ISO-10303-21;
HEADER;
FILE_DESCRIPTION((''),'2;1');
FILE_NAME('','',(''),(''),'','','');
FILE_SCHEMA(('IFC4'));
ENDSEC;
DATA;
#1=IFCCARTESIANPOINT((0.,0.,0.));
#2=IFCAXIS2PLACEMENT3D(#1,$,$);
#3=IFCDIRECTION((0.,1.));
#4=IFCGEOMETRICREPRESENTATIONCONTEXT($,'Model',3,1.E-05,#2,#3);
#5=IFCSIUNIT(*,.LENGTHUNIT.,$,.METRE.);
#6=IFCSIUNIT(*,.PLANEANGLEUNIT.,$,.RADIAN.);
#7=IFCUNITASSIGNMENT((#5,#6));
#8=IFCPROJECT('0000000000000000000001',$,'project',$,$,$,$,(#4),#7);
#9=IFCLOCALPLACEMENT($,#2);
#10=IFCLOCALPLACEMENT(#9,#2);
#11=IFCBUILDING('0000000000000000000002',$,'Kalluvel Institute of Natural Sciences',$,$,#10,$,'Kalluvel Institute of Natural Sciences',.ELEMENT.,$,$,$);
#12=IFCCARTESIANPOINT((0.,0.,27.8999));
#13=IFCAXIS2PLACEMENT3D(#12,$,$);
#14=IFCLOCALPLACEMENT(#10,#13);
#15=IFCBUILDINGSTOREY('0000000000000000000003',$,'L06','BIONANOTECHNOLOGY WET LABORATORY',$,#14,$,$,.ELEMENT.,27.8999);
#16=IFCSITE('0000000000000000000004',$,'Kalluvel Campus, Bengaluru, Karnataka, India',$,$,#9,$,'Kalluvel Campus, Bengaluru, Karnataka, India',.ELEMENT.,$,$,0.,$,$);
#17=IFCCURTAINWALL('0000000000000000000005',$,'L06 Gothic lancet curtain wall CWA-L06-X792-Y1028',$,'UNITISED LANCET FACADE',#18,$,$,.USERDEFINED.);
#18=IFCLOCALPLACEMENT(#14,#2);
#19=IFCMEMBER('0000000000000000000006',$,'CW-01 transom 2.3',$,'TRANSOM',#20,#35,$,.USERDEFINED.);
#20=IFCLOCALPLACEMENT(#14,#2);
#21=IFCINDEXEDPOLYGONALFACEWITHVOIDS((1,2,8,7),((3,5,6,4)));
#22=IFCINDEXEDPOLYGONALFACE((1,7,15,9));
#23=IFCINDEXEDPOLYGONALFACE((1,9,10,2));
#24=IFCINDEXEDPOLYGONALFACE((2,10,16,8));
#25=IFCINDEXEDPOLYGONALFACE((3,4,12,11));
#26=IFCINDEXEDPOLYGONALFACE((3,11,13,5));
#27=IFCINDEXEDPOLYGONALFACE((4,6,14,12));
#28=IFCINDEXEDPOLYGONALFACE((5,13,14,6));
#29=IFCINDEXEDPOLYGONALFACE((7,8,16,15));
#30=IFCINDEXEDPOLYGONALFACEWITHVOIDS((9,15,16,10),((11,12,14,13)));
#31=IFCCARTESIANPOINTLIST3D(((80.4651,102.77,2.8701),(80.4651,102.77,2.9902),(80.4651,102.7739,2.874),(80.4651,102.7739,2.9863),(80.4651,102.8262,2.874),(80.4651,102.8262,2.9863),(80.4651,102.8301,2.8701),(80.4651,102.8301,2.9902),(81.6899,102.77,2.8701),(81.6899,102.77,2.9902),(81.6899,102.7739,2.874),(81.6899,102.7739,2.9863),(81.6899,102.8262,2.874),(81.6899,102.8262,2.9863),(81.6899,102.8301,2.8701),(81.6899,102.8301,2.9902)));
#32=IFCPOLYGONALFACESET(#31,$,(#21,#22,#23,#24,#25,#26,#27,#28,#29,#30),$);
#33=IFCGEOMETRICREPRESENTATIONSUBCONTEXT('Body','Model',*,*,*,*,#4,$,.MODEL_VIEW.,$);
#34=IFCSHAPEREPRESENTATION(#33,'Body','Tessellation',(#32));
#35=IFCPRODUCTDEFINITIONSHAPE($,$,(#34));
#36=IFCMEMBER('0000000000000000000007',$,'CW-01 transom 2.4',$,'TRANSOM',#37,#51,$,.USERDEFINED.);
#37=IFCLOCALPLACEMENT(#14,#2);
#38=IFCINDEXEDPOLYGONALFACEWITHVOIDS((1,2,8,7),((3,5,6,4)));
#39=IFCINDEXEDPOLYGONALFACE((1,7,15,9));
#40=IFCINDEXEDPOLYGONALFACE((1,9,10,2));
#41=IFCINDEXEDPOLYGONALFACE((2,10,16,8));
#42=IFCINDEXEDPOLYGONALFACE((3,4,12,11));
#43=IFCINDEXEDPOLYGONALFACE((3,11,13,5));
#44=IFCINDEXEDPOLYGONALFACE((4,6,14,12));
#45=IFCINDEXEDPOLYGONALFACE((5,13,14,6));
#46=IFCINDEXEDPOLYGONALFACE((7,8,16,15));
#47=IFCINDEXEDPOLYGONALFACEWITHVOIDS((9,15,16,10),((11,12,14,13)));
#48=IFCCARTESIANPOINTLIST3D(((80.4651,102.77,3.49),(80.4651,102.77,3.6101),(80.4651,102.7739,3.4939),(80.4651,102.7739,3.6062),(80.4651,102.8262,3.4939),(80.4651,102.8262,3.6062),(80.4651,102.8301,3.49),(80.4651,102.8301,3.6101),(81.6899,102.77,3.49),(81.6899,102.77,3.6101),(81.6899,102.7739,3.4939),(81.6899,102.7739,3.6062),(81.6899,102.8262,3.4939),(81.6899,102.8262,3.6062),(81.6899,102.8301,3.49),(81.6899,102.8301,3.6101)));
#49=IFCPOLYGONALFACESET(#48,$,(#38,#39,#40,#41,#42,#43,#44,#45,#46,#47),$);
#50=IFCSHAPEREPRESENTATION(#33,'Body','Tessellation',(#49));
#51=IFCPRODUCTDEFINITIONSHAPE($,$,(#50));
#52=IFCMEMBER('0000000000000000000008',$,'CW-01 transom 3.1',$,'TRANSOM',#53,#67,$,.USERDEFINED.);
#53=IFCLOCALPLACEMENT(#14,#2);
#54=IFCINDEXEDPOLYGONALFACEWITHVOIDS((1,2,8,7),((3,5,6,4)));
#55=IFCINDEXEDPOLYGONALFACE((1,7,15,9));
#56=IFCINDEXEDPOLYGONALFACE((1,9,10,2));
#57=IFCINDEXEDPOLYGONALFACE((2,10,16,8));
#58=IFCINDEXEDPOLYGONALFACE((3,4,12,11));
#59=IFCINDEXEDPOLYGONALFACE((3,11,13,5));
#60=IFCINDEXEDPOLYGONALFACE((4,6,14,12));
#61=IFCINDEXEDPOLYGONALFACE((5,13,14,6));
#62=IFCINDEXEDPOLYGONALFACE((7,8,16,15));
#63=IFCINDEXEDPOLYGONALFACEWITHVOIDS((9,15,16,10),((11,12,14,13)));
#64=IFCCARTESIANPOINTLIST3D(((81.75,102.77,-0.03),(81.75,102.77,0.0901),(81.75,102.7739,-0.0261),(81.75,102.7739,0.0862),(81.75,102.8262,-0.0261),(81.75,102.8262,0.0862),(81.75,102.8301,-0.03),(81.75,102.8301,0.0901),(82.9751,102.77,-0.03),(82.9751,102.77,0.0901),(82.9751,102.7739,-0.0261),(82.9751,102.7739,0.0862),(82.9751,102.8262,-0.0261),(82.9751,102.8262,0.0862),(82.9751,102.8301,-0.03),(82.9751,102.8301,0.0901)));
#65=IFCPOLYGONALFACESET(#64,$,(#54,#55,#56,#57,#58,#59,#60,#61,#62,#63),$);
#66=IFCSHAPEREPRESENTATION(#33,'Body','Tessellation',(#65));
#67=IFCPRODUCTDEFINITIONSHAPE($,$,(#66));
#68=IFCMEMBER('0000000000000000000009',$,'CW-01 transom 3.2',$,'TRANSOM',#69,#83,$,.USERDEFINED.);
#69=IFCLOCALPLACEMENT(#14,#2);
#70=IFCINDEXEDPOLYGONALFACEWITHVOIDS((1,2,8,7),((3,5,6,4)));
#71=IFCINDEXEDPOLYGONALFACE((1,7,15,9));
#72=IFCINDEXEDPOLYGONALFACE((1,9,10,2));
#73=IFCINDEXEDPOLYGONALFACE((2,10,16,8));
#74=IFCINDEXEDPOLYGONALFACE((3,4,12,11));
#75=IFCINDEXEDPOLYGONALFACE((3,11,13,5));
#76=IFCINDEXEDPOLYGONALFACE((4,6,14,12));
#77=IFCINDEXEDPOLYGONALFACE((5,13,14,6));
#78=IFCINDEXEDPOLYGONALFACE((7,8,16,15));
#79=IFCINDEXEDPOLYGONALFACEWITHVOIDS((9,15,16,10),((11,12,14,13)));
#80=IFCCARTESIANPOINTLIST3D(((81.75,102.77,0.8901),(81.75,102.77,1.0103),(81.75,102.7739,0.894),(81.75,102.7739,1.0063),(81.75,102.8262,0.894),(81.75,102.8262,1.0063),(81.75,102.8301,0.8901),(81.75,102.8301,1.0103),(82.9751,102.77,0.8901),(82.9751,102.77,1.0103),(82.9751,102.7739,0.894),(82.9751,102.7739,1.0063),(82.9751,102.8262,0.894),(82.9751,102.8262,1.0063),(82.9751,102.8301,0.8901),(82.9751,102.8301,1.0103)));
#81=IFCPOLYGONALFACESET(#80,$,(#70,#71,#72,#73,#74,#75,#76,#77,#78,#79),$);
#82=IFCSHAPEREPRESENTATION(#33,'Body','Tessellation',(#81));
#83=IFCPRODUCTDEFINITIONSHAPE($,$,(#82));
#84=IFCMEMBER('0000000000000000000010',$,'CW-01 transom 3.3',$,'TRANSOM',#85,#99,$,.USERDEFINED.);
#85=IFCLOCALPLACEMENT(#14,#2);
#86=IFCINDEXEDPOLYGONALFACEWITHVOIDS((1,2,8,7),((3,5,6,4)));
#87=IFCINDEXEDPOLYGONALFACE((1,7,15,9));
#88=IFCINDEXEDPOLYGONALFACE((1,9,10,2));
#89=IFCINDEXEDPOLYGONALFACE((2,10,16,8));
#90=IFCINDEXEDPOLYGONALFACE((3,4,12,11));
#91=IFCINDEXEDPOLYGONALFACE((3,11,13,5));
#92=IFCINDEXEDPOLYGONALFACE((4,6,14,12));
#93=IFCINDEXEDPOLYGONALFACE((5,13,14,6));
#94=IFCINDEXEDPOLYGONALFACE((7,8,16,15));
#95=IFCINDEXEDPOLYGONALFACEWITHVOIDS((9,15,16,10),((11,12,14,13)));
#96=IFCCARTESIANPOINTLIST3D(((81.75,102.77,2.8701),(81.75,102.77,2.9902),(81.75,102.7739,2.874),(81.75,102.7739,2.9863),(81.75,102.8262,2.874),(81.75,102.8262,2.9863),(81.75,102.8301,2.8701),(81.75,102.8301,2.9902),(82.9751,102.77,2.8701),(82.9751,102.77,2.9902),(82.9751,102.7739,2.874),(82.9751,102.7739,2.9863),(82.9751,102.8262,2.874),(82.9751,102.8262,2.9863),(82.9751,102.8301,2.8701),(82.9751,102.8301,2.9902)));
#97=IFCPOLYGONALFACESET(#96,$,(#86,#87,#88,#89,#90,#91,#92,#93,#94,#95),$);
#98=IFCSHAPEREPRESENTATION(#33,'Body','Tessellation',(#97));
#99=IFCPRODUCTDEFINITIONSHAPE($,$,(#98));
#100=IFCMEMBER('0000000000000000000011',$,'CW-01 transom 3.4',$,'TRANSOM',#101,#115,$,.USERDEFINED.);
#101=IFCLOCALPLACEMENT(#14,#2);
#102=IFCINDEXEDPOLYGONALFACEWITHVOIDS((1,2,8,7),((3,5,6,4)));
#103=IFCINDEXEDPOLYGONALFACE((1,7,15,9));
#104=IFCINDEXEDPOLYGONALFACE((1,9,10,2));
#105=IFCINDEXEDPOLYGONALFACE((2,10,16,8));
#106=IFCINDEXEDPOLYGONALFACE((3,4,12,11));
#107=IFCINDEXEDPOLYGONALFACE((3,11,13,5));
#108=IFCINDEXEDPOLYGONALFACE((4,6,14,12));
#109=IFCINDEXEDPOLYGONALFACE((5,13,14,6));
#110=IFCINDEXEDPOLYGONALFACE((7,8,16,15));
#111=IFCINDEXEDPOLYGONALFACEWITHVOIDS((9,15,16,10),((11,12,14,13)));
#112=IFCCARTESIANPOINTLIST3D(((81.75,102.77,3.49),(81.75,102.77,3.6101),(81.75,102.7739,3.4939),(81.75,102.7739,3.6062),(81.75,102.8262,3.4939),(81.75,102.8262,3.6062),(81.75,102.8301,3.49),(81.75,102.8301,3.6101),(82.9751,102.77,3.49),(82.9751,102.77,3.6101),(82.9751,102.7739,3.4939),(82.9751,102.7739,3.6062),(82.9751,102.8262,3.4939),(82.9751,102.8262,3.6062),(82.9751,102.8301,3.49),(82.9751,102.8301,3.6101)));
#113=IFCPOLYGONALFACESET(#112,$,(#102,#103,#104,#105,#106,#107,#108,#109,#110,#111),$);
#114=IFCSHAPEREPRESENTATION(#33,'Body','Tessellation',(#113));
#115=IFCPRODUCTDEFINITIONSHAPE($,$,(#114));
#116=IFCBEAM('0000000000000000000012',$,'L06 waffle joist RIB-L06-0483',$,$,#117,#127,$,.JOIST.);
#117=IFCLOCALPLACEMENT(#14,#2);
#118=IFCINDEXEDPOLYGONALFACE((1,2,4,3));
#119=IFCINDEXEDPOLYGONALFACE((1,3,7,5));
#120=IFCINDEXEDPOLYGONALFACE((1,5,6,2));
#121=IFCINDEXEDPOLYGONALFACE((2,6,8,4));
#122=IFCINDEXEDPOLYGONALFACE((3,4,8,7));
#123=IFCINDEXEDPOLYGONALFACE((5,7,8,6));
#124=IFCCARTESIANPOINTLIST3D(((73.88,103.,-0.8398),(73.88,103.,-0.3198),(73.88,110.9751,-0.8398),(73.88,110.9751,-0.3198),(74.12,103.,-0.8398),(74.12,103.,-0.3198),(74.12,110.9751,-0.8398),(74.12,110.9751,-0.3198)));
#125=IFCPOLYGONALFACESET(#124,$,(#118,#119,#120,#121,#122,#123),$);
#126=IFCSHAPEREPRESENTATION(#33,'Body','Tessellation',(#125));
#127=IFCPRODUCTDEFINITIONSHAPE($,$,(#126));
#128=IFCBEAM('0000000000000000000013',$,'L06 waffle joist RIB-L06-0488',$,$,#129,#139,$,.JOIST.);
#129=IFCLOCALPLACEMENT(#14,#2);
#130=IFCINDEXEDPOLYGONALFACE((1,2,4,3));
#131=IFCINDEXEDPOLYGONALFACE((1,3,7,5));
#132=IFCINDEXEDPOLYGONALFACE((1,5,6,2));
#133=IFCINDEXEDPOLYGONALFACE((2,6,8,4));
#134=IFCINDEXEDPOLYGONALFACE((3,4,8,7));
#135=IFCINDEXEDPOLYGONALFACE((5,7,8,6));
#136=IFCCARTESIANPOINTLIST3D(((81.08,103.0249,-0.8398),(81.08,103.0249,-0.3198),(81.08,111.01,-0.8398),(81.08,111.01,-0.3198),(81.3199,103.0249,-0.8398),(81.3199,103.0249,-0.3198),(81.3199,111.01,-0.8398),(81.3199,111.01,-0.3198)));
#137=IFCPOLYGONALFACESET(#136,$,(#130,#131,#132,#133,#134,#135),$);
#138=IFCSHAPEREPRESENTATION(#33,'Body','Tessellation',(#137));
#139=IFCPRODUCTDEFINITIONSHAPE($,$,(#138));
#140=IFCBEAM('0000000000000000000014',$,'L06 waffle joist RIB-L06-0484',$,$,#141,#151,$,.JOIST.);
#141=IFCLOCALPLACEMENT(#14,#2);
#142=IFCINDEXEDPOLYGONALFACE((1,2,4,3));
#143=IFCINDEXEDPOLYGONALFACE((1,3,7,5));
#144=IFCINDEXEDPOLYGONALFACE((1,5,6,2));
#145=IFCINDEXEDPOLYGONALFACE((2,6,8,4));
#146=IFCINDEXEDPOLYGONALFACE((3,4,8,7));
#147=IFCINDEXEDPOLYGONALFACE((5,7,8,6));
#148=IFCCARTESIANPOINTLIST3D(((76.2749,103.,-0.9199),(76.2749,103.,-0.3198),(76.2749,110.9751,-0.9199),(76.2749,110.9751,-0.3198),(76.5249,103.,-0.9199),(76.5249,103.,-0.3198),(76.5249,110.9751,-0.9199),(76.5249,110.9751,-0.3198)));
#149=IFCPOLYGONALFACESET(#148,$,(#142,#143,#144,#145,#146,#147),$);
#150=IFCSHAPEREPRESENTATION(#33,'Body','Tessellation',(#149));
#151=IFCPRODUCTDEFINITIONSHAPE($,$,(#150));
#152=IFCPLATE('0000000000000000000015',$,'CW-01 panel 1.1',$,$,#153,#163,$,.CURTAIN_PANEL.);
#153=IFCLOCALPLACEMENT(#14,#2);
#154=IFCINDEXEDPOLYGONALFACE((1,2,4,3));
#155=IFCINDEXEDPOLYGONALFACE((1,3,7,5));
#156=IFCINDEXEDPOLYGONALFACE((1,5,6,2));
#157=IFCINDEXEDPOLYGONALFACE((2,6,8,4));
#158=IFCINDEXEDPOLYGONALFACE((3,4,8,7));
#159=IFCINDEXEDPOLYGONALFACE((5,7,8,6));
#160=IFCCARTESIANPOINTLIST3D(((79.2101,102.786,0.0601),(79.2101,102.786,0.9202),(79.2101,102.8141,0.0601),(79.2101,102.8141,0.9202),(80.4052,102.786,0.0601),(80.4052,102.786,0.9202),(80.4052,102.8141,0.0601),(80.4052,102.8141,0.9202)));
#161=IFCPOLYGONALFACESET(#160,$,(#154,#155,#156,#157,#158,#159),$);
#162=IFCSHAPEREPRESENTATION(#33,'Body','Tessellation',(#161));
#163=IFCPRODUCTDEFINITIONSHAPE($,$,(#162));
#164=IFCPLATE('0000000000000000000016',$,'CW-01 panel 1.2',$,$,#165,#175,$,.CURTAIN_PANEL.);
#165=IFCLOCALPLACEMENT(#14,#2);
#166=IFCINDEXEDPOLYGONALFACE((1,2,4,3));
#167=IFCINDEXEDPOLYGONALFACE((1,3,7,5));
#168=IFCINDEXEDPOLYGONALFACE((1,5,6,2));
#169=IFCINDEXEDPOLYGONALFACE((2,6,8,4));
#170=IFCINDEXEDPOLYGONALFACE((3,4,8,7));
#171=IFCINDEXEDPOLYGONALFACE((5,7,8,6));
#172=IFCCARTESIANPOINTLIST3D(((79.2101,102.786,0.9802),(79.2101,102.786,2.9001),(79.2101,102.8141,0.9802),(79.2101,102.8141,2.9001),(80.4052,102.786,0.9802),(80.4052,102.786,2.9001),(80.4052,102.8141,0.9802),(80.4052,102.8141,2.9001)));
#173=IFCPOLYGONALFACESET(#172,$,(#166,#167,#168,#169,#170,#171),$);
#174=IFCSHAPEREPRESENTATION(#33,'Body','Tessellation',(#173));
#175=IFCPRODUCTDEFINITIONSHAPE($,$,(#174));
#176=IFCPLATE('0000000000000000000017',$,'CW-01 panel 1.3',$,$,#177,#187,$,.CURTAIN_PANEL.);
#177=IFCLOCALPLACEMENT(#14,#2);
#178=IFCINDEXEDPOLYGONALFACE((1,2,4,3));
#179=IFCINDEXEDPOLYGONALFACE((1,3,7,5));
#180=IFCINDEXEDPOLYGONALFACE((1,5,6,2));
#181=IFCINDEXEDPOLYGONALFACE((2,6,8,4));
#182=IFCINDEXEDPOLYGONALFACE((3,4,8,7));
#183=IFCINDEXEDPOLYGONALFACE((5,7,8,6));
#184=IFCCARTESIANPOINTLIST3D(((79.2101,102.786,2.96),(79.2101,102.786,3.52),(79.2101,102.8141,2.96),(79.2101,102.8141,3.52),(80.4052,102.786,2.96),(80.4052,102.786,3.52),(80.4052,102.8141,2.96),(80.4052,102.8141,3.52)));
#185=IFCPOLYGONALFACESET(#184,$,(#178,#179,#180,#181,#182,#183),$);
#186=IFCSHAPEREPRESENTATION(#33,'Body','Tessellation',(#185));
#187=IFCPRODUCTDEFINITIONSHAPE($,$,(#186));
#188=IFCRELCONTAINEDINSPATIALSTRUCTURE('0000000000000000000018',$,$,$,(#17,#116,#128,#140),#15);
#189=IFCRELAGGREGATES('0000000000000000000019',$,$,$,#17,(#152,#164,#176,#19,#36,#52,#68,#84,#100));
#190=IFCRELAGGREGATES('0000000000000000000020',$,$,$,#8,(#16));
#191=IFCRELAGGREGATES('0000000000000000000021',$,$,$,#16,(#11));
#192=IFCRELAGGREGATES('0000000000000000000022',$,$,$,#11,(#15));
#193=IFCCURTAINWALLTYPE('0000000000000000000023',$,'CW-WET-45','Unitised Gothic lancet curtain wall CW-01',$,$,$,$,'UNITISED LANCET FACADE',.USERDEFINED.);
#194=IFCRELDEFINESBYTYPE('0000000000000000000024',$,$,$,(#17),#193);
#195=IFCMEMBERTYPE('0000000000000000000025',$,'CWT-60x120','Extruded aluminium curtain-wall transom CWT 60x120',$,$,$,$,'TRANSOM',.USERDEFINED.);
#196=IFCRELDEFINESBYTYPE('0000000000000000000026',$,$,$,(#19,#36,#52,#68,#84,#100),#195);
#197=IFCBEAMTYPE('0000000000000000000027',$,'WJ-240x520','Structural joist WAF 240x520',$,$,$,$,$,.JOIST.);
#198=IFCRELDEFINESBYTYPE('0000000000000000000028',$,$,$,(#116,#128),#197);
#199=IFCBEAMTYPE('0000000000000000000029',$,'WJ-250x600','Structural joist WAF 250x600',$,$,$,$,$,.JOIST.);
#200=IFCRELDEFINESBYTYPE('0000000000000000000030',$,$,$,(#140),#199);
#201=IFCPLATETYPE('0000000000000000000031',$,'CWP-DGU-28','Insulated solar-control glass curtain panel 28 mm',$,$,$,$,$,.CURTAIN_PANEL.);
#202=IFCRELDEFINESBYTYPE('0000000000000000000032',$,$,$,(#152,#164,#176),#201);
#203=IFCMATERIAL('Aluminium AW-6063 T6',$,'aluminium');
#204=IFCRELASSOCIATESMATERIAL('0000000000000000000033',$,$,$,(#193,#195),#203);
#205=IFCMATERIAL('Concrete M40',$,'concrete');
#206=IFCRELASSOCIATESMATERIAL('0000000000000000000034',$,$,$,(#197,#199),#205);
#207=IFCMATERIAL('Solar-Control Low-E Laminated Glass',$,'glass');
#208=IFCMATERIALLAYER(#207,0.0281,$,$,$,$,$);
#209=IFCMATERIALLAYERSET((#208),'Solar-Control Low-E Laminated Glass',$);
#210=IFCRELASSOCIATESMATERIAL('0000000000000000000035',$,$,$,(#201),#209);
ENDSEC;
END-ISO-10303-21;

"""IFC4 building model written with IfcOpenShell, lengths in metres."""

from ifc_helpers import new_model, si_unit, direction, frame, origin, origin_2d, place, context, subcontext, project, spatial, rectangle, hollow_rectangle, extrude, material, layer, layer_set, material_profile, profile_set, type_object, element, aggregate, save


model = new_model("IFC4")

# Units and contexts
model_context = context("Model", 3, precision=1e-05, world=origin(), true_north=direction((0.0, 1.0)))
body_context = subcontext(model_context, "Body", "Model", "MODEL_VIEW")
ifc_project = project(units=[si_unit("LENGTHUNIT", "METRE"), si_unit("PLANEANGLEUNIT", "RADIAN")], contexts=[model_context])

# Site, building, storey
site_placement = place(None, origin())
site = spatial("IfcSite", under=ifc_project, at=site_placement, Name="Kalluvel Campus, Bengaluru, Karnataka, India", LongName="Kalluvel Campus, Bengaluru, Karnataka, India", CompositionType="ELEMENT", RefElevation=0.0)
building_placement = place(site_placement, origin())
building = spatial("IfcBuilding", under=site, at=building_placement, Name="Kalluvel Institute of Natural Sciences", LongName="Kalluvel Institute of Natural Sciences", CompositionType="ELEMENT")
storey_placement = place(building_placement, frame((0.0, 0.0, 27.8999)))
storey = spatial("IfcBuildingStorey", under=building, at=storey_placement, Name="L06", Description="BIONANOTECHNOLOGY WET LABORATORY", CompositionType="ELEMENT", Elevation=27.8999)

# Shared definitions
ifc_material_1 = material(Name="Concrete M40", Category="concrete")

# Curtain wall, members
ifc_material_2 = material(Name="Aluminium AW-6063 T6", Category="aluminium")
curtain_wall_type = type_object("IfcCurtainWallType", Name="CW-WET-45", Description="Unitised Gothic lancet curtain wall CW-01", ElementType="UNITISED LANCET FACADE", PredefinedType="USERDEFINED", material=ifc_material_2)
curtain_wall_placement = place(storey_placement, origin())
curtain_wall = element("IfcCurtainWall", 1, at=curtain_wall_placement, inside=storey, type_object=curtain_wall_type, Name="L06 Gothic lancet curtain wall CWA-L06-X792-Y1028", ObjectType="UNITISED LANCET FACADE", PredefinedType="USERDEFINED")
ifc_material_profile_1 = material_profile(ifc_material_2, hollow_rectangle(XDim=0.0601, YDim=0.1201, WallThickness=0.0039, at=origin_2d()), Name="CWT 60x120")
ifc_profile_set_1 = profile_set([ifc_material_profile_1], Name="Aluminium AW-6063 T6")
member_type_1 = type_object("IfcMemberType", Name="CWT-60x120", Description="Extruded aluminium curtain-wall transom CWT 60x120", ElementType="TRANSOM", PredefinedType="USERDEFINED", material=ifc_profile_set_1)
member_1_placement = place(storey_placement, frame((80.4651, 102.8, 2.9302), z_axis=(1.0, 0.0, 0.0), x_axis=(0.0, 1.0, 0.0)))
member_1 = element("IfcMember", 2, at=member_1_placement, type_object=member_type_1, Name="CW-01 transom 2.3", ObjectType="TRANSOM", PredefinedType="USERDEFINED", context=body_context, shape_type="SweptSolid", body=[
    extrude(hollow_rectangle(XDim=0.0601, YDim=0.1201, WallThickness=0.0039, at=origin_2d()), origin(), (0.0, 0.0, 1.0), 1.2249),
])
member_2_placement = place(storey_placement, frame((80.4651, 102.8, 3.55), z_axis=(1.0, 0.0, 0.0), x_axis=(0.0, 1.0, 0.0)))
member_2 = element("IfcMember", 3, at=member_2_placement, type_object=member_type_1, Name="CW-01 transom 2.4", ObjectType="TRANSOM", PredefinedType="USERDEFINED", context=body_context, shape_type="SweptSolid", body=[
    extrude(hollow_rectangle(XDim=0.0601, YDim=0.1201, WallThickness=0.0039, at=origin_2d()), origin(), (0.0, 0.0, 1.0), 1.2249),
])
member_3_placement = place(storey_placement, frame((81.75, 102.8, 0.03), z_axis=(1.0, 0.0, 0.0), x_axis=(0.0, 1.0, 0.0)))
member_3 = element("IfcMember", 4, at=member_3_placement, type_object=member_type_1, Name="CW-01 transom 3.1", ObjectType="TRANSOM", PredefinedType="USERDEFINED", context=body_context, shape_type="SweptSolid", body=[
    extrude(hollow_rectangle(XDim=0.0601, YDim=0.1201, WallThickness=0.0039, at=origin_2d()), origin(), (0.0, 0.0, 1.0), 1.2251),
])
member_4_placement = place(storey_placement, frame((81.75, 102.8, 0.9502), z_axis=(1.0, 0.0, 0.0), x_axis=(0.0, 1.0, 0.0)))
member_4 = element("IfcMember", 5, at=member_4_placement, type_object=member_type_1, Name="CW-01 transom 3.2", ObjectType="TRANSOM", PredefinedType="USERDEFINED", context=body_context, shape_type="SweptSolid", body=[
    extrude(hollow_rectangle(XDim=0.0601, YDim=0.1201, WallThickness=0.0039, at=origin_2d()), origin(), (0.0, 0.0, 1.0), 1.2251),
])
member_5_placement = place(storey_placement, frame((81.75, 102.8, 2.9302), z_axis=(1.0, 0.0, 0.0), x_axis=(0.0, 1.0, 0.0)))
member_5 = element("IfcMember", 6, at=member_5_placement, type_object=member_type_1, Name="CW-01 transom 3.3", ObjectType="TRANSOM", PredefinedType="USERDEFINED", context=body_context, shape_type="SweptSolid", body=[
    extrude(hollow_rectangle(XDim=0.0601, YDim=0.1201, WallThickness=0.0039, at=origin_2d()), origin(), (0.0, 0.0, 1.0), 1.2251),
])
member_6_placement = place(storey_placement, frame((81.75, 102.8, 3.55), z_axis=(1.0, 0.0, 0.0), x_axis=(0.0, 1.0, 0.0)))
member_6 = element("IfcMember", 7, at=member_6_placement, type_object=member_type_1, Name="CW-01 transom 3.4", ObjectType="TRANSOM", PredefinedType="USERDEFINED", context=body_context, shape_type="SweptSolid", body=[
    extrude(hollow_rectangle(XDim=0.0601, YDim=0.1201, WallThickness=0.0039, at=origin_2d()), origin(), (0.0, 0.0, 1.0), 1.2251),
])

# Beams
ifc_material_profile_2 = material_profile(ifc_material_1, rectangle(XDim=0.24, YDim=0.52, at=origin_2d()), Name="WAF 240x520")
ifc_profile_set_2 = profile_set([ifc_material_profile_2], Name="Concrete M40")
beam_type_1 = type_object("IfcBeamType", Name="WJ-240x520", Description="Structural joist WAF 240x520", PredefinedType="JOIST", material=ifc_profile_set_2)
beam_1_placement = place(storey_placement, frame((74.0, 103.0, -0.5798), z_axis=(0.0, 1.0, 0.0), x_axis=(-1.0, 0.0, 0.0)))
element("IfcBeam", 8, at=beam_1_placement, inside=storey, type_object=beam_type_1, Name="L06 waffle joist RIB-L06-0483", PredefinedType="JOIST", context=body_context, shape_type="SweptSolid", body=[
    extrude(rectangle(XDim=0.24, YDim=0.52, at=origin_2d()), origin(), (0.0, 0.0, 1.0), 7.9751),
])
beam_2_placement = place(storey_placement, frame((81.2, 103.0249, -0.5798), z_axis=(0.0, 1.0, 0.0), x_axis=(-1.0, 0.0, 0.0)))
element("IfcBeam", 9, at=beam_2_placement, inside=storey, type_object=beam_type_1, Name="L06 waffle joist RIB-L06-0488", PredefinedType="JOIST", context=body_context, shape_type="SweptSolid", body=[
    extrude(rectangle(XDim=0.24, YDim=0.52, at=origin_2d()), origin(), (0.0, 0.0, 1.0), 7.9851),
])
ifc_material_profile_3 = material_profile(ifc_material_1, rectangle(XDim=0.25, YDim=0.6001, at=origin_2d()), Name="WAF 250x600")
ifc_profile_set_3 = profile_set([ifc_material_profile_3], Name="Concrete M40")
beam_type_2 = type_object("IfcBeamType", Name="WJ-250x600", Description="Structural joist WAF 250x600", PredefinedType="JOIST", material=ifc_profile_set_3)
beam_3_placement = place(storey_placement, frame((76.3999, 103.0, -0.6199), z_axis=(0.0, 1.0, 0.0), x_axis=(-1.0, 0.0, 0.0)))
element("IfcBeam", 10, at=beam_3_placement, inside=storey, type_object=beam_type_2, Name="L06 waffle joist RIB-L06-0484", PredefinedType="JOIST", context=body_context, shape_type="SweptSolid", body=[
    extrude(rectangle(XDim=0.25, YDim=0.6001, at=origin_2d()), origin(), (0.0, 0.0, 1.0), 7.9751),
])

# Plates
ifc_material_3 = material(Name="Solar-Control Low-E Laminated Glass", Category="glass")
ifc_layer_1 = layer(ifc_material_3, 0.0281)
ifc_layer_set_1 = layer_set([ifc_layer_1], Name="Solar-Control Low-E Laminated Glass")
plate_type = type_object("IfcPlateType", Name="CWP-DGU-28", Description="Insulated solar-control glass curtain panel 28 mm", PredefinedType="CURTAIN_PANEL", material=ifc_layer_set_1)
plate_1_placement = place(storey_placement, frame((79.8076, 102.8, 0.0601), z_axis=(0.0, 0.0, 1.0), x_axis=(1.0, 0.0, 0.0)))
plate_1 = element("IfcPlate", 11, at=plate_1_placement, type_object=plate_type, Name="CW-01 panel 1.1", PredefinedType="CURTAIN_PANEL", context=body_context, shape_type="SweptSolid", body=[
    extrude(rectangle(XDim=1.1951, YDim=0.0281, at=origin_2d()), origin(), (0.0, 0.0, 1.0), 0.8601),
])
plate_2_placement = place(storey_placement, frame((79.8076, 102.8, 0.9802), z_axis=(0.0, 0.0, 1.0), x_axis=(1.0, 0.0, 0.0)))
plate_2 = element("IfcPlate", 12, at=plate_2_placement, type_object=plate_type, Name="CW-01 panel 1.2", PredefinedType="CURTAIN_PANEL", context=body_context, shape_type="SweptSolid", body=[
    extrude(rectangle(XDim=1.1951, YDim=0.0281, at=origin_2d()), origin(), (0.0, 0.0, 1.0), 1.9199),
])
plate_3_placement = place(storey_placement, frame((79.8076, 102.8, 2.96), z_axis=(0.0, 0.0, 1.0), x_axis=(1.0, 0.0, 0.0)))
plate_3 = element("IfcPlate", 13, at=plate_3_placement, type_object=plate_type, Name="CW-01 panel 1.3", PredefinedType="CURTAIN_PANEL", context=body_context, shape_type="SweptSolid", body=[
    extrude(rectangle(XDim=1.1951, YDim=0.0281, at=origin_2d()), origin(), (0.0, 0.0, 1.0), 0.5601),
])
aggregate(curtain_wall, [plate_1, plate_2, plate_3, member_1, member_2, member_3, member_4, member_5, member_6])

save(model, "model.ifc")
